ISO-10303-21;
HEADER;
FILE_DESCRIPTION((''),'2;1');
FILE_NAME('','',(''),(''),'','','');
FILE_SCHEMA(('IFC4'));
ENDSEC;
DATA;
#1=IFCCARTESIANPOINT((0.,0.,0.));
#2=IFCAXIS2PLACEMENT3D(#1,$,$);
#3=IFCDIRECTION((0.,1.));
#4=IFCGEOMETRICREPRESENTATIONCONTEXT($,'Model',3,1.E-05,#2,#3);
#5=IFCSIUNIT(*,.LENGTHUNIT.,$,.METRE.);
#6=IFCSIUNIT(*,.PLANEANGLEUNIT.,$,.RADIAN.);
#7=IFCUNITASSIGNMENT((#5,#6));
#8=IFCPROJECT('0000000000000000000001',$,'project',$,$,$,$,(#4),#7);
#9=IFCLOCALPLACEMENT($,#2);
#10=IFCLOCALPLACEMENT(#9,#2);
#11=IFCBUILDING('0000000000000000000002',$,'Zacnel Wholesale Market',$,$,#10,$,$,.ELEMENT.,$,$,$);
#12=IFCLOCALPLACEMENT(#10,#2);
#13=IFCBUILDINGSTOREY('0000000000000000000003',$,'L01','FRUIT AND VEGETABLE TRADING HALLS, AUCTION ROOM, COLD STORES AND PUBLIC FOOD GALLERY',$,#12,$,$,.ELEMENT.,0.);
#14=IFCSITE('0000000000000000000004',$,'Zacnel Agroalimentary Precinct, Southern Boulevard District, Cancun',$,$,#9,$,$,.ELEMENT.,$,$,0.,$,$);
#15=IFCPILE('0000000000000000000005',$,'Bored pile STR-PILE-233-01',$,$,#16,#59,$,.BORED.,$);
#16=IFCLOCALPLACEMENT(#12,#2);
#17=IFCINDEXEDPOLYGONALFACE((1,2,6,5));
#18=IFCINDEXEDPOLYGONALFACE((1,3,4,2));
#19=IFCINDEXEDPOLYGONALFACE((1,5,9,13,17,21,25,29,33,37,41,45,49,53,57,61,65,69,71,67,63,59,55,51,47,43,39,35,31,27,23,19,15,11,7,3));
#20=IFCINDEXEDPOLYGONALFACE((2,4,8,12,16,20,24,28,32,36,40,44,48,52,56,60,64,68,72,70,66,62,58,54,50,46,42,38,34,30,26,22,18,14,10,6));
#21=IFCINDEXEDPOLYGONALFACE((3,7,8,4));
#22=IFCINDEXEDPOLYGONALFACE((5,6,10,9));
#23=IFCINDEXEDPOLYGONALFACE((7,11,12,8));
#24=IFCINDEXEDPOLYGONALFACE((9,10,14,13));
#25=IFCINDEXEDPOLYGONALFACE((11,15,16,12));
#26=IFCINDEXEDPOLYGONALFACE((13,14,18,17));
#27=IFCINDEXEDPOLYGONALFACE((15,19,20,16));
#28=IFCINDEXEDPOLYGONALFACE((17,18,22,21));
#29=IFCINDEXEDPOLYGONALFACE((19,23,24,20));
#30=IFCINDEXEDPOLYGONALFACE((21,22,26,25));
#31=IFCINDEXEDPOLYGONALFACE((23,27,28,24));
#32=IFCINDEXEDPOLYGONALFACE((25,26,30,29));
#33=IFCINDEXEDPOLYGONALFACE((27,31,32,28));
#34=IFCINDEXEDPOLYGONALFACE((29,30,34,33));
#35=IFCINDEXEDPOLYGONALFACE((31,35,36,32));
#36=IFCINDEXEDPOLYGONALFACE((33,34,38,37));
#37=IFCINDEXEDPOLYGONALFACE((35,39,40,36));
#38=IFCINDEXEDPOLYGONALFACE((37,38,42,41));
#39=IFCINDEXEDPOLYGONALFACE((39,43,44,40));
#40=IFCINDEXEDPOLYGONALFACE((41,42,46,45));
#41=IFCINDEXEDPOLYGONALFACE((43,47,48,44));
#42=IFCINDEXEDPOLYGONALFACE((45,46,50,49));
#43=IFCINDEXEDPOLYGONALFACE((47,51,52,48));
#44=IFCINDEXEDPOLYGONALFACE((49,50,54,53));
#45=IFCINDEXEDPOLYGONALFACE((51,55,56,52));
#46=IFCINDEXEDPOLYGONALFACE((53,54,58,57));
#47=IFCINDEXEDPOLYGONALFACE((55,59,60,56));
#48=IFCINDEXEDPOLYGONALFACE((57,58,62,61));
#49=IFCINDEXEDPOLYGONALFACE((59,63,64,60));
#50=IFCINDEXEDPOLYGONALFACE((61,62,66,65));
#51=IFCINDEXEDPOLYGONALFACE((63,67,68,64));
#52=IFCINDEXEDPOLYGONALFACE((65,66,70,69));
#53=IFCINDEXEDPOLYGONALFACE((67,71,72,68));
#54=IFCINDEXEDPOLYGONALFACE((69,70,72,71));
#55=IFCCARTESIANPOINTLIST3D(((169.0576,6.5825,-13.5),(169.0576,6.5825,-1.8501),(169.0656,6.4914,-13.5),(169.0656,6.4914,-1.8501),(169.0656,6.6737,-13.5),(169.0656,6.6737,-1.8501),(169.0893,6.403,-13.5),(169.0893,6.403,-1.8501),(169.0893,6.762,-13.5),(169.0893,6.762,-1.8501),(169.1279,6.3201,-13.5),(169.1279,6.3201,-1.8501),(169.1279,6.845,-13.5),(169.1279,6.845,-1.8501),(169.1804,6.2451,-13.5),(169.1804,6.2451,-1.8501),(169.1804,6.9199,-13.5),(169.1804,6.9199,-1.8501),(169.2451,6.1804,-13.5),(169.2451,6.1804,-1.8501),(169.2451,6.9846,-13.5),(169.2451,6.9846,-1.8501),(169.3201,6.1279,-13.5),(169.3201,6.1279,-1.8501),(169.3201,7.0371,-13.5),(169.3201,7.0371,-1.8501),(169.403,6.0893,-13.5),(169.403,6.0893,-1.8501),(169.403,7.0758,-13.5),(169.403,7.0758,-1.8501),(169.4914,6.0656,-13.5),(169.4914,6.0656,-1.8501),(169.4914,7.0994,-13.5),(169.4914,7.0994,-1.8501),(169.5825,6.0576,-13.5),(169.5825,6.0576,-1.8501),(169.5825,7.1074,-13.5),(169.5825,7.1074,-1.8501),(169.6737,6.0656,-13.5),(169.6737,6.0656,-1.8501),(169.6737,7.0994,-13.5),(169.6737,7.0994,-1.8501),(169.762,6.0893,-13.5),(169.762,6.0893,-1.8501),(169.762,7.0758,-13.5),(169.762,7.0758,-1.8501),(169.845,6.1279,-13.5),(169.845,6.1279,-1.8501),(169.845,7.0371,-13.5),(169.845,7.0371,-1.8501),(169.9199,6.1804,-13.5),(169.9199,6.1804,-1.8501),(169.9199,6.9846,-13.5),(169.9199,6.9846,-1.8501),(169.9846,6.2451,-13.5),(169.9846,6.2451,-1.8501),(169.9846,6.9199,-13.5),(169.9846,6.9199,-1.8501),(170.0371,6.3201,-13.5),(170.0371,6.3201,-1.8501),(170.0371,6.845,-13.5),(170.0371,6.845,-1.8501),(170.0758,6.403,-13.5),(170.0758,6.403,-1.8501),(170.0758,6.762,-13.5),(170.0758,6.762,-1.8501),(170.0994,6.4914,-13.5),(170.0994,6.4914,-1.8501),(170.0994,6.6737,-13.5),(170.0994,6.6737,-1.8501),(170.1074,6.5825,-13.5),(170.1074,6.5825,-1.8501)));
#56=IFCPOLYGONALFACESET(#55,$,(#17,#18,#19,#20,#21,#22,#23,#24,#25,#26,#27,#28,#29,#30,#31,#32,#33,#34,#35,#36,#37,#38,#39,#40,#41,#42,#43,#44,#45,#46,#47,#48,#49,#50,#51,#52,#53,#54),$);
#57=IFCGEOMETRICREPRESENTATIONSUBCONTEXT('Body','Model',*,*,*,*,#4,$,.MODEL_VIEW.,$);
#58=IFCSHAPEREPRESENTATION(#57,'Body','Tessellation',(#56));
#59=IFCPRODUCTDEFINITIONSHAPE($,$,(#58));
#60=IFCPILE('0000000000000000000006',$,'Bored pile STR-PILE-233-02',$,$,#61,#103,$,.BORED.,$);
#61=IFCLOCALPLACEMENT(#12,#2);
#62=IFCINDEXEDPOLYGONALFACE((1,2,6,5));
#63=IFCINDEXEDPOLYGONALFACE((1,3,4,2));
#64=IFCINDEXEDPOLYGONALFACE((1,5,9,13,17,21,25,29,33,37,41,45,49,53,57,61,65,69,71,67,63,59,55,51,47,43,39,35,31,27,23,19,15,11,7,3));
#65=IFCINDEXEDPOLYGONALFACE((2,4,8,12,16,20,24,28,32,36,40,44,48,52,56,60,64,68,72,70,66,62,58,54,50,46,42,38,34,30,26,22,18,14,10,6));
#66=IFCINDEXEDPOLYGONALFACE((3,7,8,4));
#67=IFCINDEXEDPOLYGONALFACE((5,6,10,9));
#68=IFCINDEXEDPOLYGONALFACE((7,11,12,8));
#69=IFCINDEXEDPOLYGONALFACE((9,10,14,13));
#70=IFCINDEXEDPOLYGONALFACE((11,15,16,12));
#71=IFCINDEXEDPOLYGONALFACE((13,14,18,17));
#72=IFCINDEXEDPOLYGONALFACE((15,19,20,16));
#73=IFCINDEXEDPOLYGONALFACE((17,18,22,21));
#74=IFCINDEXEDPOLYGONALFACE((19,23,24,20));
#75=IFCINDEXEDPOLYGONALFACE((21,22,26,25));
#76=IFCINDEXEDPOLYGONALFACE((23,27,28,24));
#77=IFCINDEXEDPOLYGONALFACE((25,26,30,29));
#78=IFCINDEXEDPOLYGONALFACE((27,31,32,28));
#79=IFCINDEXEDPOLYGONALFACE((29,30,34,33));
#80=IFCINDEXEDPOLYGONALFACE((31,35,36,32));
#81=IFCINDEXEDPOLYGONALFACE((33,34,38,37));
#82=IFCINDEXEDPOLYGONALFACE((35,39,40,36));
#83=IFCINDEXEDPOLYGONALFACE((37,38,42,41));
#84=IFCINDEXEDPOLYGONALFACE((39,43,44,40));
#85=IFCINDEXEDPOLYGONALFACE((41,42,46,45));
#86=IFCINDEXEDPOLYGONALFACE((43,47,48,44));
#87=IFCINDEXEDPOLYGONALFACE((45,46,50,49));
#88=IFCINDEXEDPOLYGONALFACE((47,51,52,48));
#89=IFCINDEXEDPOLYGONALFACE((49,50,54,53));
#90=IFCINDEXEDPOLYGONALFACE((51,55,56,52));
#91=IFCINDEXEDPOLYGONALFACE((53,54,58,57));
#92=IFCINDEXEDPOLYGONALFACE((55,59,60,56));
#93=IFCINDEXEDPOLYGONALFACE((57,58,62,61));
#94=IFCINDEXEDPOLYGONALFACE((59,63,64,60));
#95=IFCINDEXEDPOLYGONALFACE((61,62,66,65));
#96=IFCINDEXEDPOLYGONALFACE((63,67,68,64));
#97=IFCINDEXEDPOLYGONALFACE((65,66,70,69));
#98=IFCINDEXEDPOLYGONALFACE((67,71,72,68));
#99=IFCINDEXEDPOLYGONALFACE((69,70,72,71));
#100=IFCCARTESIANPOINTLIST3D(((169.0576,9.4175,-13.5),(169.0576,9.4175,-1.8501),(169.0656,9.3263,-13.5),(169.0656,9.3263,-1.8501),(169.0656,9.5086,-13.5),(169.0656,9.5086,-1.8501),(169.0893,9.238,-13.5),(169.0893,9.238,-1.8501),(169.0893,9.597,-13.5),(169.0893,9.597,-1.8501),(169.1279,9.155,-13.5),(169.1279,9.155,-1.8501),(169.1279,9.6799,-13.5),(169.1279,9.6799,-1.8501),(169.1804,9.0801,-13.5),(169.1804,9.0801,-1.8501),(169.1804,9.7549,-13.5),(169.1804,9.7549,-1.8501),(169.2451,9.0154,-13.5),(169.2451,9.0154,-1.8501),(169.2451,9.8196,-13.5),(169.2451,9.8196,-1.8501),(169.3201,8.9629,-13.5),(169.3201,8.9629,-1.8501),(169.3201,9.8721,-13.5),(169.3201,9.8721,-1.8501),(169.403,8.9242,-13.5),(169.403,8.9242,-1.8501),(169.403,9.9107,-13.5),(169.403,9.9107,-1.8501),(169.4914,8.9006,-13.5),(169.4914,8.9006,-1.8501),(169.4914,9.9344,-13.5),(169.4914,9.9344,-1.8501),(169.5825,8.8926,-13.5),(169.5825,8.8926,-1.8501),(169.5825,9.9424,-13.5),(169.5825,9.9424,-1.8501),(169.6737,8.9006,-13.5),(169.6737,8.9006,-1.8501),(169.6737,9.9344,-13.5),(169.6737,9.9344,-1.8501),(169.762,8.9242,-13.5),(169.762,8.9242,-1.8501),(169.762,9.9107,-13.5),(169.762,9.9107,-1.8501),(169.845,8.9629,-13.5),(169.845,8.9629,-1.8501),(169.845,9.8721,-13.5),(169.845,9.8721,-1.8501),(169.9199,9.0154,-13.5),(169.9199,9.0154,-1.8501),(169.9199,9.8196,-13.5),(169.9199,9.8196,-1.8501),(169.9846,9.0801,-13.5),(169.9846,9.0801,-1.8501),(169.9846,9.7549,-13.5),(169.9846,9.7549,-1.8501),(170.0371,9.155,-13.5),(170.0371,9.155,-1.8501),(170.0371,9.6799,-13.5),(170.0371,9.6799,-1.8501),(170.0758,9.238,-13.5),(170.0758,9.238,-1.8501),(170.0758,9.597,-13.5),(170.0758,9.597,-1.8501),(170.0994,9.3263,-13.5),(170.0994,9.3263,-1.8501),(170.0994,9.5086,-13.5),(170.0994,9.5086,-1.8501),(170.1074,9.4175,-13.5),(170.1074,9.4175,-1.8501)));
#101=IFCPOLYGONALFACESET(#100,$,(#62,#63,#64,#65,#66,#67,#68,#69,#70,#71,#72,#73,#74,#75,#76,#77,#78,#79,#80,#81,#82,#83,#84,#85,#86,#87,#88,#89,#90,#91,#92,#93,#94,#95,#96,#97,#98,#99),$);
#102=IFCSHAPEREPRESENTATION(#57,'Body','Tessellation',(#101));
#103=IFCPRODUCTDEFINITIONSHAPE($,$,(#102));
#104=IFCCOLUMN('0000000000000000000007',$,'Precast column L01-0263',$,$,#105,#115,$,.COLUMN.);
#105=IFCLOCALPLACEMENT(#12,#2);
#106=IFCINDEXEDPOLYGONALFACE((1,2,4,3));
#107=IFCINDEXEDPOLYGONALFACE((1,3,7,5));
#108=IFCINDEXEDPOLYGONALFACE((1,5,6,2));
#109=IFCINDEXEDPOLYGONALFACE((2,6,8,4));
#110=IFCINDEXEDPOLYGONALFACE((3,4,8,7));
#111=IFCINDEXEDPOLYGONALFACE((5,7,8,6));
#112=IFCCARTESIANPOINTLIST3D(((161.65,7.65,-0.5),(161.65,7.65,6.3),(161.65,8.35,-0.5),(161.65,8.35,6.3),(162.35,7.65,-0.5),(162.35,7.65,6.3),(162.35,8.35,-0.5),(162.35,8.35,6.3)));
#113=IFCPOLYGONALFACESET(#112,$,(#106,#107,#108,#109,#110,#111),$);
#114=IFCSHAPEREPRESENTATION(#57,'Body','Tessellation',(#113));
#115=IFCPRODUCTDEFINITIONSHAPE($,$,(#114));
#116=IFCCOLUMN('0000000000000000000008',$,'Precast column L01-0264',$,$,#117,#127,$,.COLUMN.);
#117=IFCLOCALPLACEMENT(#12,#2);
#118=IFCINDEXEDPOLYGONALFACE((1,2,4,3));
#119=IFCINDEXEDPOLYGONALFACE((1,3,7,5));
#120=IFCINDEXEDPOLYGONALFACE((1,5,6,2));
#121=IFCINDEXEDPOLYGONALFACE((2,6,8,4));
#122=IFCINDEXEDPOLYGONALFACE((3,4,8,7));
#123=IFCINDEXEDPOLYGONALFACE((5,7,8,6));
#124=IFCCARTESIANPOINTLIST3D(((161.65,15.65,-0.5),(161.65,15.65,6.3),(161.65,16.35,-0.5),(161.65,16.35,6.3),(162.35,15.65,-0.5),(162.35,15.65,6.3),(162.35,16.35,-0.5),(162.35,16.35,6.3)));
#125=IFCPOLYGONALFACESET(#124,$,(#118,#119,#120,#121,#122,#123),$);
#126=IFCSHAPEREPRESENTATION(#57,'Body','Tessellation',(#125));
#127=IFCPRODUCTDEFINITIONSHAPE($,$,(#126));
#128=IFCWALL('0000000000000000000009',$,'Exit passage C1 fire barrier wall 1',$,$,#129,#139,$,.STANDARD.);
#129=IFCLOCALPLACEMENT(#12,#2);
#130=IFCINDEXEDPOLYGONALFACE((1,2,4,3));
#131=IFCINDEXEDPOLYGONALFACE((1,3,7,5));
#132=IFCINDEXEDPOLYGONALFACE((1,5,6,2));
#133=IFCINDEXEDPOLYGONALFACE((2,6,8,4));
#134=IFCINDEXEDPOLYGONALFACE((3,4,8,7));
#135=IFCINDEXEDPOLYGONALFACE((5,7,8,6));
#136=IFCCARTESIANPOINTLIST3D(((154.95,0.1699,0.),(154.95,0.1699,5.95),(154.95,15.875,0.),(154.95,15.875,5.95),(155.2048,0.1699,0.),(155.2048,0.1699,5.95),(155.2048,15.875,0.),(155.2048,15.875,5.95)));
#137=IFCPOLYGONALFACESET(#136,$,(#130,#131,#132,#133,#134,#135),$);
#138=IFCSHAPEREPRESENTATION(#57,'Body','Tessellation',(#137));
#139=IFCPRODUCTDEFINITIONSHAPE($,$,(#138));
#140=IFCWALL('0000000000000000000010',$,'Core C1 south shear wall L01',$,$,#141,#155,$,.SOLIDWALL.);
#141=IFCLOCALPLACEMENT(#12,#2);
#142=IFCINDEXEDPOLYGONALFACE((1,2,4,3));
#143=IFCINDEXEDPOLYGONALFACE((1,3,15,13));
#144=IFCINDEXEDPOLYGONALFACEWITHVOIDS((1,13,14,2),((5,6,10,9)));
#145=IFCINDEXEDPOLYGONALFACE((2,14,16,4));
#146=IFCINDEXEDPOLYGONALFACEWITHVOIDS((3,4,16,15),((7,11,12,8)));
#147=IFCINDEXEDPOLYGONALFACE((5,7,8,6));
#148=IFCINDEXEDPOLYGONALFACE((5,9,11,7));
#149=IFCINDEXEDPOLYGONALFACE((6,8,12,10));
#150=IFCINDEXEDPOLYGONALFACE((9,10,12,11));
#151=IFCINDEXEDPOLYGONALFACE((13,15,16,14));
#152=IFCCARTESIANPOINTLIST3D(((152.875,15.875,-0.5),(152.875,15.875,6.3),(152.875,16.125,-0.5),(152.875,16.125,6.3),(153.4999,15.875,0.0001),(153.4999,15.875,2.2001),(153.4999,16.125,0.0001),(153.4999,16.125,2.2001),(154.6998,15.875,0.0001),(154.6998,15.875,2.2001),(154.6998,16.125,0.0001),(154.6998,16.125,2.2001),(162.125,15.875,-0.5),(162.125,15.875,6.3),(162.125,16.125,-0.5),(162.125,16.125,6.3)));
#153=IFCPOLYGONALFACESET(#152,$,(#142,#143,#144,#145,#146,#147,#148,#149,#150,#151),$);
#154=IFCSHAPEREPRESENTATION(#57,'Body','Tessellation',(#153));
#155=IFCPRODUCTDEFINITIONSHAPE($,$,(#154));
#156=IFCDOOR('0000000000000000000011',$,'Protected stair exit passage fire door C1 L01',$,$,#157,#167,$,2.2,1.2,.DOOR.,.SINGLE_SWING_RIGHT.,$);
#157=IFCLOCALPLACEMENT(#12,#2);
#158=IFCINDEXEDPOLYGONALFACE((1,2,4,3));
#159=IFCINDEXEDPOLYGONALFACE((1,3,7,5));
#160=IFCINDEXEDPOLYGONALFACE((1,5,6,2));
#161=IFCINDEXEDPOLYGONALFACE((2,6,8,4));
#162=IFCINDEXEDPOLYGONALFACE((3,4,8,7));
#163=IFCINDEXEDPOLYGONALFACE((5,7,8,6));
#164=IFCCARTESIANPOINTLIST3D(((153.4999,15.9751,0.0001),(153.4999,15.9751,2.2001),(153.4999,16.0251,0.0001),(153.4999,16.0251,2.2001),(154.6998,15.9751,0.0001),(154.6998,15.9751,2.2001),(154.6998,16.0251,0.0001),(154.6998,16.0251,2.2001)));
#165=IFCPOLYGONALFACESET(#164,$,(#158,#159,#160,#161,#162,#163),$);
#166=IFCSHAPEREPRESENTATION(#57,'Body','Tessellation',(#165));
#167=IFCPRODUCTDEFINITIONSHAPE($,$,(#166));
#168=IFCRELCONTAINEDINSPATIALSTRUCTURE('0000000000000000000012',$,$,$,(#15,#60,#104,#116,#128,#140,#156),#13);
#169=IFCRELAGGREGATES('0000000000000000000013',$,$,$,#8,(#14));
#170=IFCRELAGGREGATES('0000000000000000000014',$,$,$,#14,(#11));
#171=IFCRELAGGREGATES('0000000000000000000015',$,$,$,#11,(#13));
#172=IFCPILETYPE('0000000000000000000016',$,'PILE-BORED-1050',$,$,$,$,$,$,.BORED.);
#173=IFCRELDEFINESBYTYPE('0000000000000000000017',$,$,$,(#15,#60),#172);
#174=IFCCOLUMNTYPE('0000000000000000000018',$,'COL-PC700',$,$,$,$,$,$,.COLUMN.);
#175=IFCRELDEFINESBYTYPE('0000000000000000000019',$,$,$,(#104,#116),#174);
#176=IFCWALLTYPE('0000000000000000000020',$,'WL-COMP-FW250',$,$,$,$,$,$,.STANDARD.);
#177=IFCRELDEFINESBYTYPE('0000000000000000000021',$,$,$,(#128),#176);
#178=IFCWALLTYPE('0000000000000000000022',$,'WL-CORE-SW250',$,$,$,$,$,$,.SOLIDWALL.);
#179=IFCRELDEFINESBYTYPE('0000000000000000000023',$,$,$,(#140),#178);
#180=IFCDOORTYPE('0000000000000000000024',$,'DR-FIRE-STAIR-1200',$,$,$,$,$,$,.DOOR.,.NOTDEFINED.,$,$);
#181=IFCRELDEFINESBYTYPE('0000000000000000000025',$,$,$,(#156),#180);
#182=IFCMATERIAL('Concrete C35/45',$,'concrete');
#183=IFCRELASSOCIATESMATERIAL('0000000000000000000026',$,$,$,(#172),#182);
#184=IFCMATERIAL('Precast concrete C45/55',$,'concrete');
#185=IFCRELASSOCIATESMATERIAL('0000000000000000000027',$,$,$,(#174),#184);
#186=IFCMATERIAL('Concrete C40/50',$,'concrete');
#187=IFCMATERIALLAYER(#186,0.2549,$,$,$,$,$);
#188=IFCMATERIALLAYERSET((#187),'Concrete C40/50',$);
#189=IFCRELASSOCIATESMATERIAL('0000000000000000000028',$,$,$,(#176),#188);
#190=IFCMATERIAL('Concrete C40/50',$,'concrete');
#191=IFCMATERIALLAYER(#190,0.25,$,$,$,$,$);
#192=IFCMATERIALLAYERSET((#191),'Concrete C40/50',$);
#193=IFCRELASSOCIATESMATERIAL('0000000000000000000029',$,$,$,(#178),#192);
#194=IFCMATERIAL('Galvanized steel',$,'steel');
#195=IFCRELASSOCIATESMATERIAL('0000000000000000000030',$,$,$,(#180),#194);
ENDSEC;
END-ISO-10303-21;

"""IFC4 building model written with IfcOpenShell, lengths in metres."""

from ifc_helpers import new_model, si_unit, direction, frame, frame_2d, origin, origin_2d, place, context, subcontext, project, spatial, rectangle, circle, extrude, material, layer, layer_set, material_profile, profile_set, type_object, element, fill, save


model = new_model("IFC4")

# Units and contexts
model_context = context("Model", 3, precision=1e-05, world=origin(), true_north=direction((0.0, 1.0)))
body_context = subcontext(model_context, "Body", "Model", "MODEL_VIEW")
ifc_project = project(units=[si_unit("LENGTHUNIT", "METRE"), si_unit("PLANEANGLEUNIT", "RADIAN")], contexts=[model_context])

# Site, building, storey
site_placement = place(None, origin())
site = spatial("IfcSite", under=ifc_project, at=site_placement, Name="Zacnel Agroalimentary Precinct, Southern Boulevard District, Cancun", CompositionType="ELEMENT", RefElevation=0.0)
building_placement = place(site_placement, origin())
building = spatial("IfcBuilding", under=site, at=building_placement, Name="Zacnel Wholesale Market", CompositionType="ELEMENT")
storey_placement = place(building_placement, origin())
storey = spatial("IfcBuildingStorey", under=building, at=storey_placement, Name="L01", Description="FRUIT AND VEGETABLE TRADING HALLS, AUCTION ROOM, COLD STORES AND PUBLIC FOOD GALLERY", CompositionType="ELEMENT", Elevation=0.0)

# Piles
ifc_material_1 = material(Name="Concrete C35/45", Category="concrete")
ifc_material_profile_1 = material_profile(ifc_material_1, circle(Radius=0.5249, at=origin_2d()), Name="BORED PILE D1050")
ifc_profile_set_1 = profile_set([ifc_material_profile_1], Name="Concrete C35/45")
pile_type = type_object("IfcPileType", Name="PILE-BORED-1050", PredefinedType="BORED", material=ifc_profile_set_1)
for number, where, z_axis, x_axis, name in (
    (1, (169.5825, 6.5825, -1.8501), (0.0, 0.0, -1.0), (1.0, 0.0, 0.0), "Bored pile STR-PILE-233-01"),
    (2, (169.5825, 9.4175, -1.8501), (0.0, 0.0, -1.0), (1.0, 0.0, 0.0), "Bored pile STR-PILE-233-02"),
):
    element("IfcPile", number, at=place(storey_placement, frame(where, z_axis=z_axis, x_axis=x_axis)), inside=storey, type_object=pile_type, Name=name, PredefinedType="BORED", context=body_context, shape_type="SweptSolid", body=[
        extrude(circle(Radius=0.5249, at=origin_2d()), origin(), (0.0, 0.0, 1.0), 11.6499),
    ])

# Columns
ifc_material_2 = material(Name="Precast concrete C45/55", Category="concrete")
ifc_material_profile_2 = material_profile(ifc_material_2, rectangle(XDim=0.7, YDim=0.7, at=origin_2d()), Name="PC 700x700")
ifc_profile_set_2 = profile_set([ifc_material_profile_2], Name="Precast concrete C45/55")
column_type = type_object("IfcColumnType", Name="COL-PC700", PredefinedType="COLUMN", material=ifc_profile_set_2)
for number, where, z_axis, x_axis, name in (
    (3, (162.0, 8.0, -0.5), (0.0, 0.0, 1.0), (1.0, 0.0, 0.0), "Precast column L01-0263"),
    (4, (162.0, 16.0, -0.5), (0.0, 0.0, 1.0), (1.0, 0.0, 0.0), "Precast column L01-0264"),
):
    element("IfcColumn", number, at=place(storey_placement, frame(where, z_axis=z_axis, x_axis=x_axis)), inside=storey, type_object=column_type, Name=name, PredefinedType="COLUMN", context=body_context, shape_type="SweptSolid", body=[
        extrude(rectangle(XDim=0.7, YDim=0.7, at=origin_2d()), origin(), (0.0, 0.0, 1.0), 6.8),
    ])

# Wall
ifc_material_3 = material(Name="Concrete C40/50", Category="concrete")
ifc_layer_1 = layer(ifc_material_3, 0.2549)
ifc_layer_set_1 = layer_set([ifc_layer_1], Name="Concrete C40/50")
wall_type_1 = type_object("IfcWallType", Name="WL-COMP-FW250", PredefinedType="STANDARD", material=ifc_layer_set_1)
wall_1_placement = place(storey_placement, frame((155.0774, 0.1699, 0.0), z_axis=(0.0, 0.0, 1.0), x_axis=(0.0, 1.0, 0.0)))
element("IfcWall", 5, at=wall_1_placement, inside=storey, type_object=wall_type_1, Name="Exit passage C1 fire barrier wall 1", PredefinedType="STANDARD", context=body_context, shape_type="SweptSolid", body=[
    extrude(rectangle(XDim=15.7051, YDim=0.2549, at=frame_2d((7.8525, 0.0))), origin(), (0.0, 0.0, 1.0), 5.95),
])

# Wall, opening, door
ifc_material_4 = material(Name="Concrete C40/50", Category="concrete")
ifc_layer_2 = layer(ifc_material_4, 0.25)
ifc_layer_set_2 = layer_set([ifc_layer_2], Name="Concrete C40/50")
wall_type_2 = type_object("IfcWallType", Name="WL-CORE-SW250", PredefinedType="SOLIDWALL", material=ifc_layer_set_2)
wall_2_placement = place(storey_placement, frame((162.125, 16.0, -0.5), z_axis=(0.0, 0.0, 1.0), x_axis=(-1.0, 0.0, 0.0)))
wall_2 = element("IfcWall", 6, at=wall_2_placement, inside=storey, type_object=wall_type_2, Name="Core C1 south shear wall L01", PredefinedType="SOLIDWALL", context=body_context, shape_type="SweptSolid", body=[
    extrude(rectangle(XDim=9.25, YDim=0.25, at=frame_2d((4.625, 0.0))), origin(), (0.0, 0.0, 1.0), 6.8),
])
opening_1_placement = place(wall_2_placement, frame((7.425, 0.0, 0.5)))
opening_1 = element("IfcOpeningElement", 7, at=opening_1_placement, cuts=wall_2, PredefinedType="OPENING", context=body_context, shape_type="SweptSolid", body=[
    extrude(rectangle(XDim=1.2, YDim=2.2, at=frame_2d((0.6001, 1.1001))), frame((0.0, 0.135, 0.0), z_axis=(0.0, -1.0, 0.0), x_axis=(1.0, 0.0, 0.0)), (0.0, 0.0, 1.0), 0.27),
])
ifc_material_5 = material(Name="Galvanized steel", Category="steel")
door_type_1 = type_object("IfcDoorType", Name="DR-FIRE-STAIR-1200", OperationType="NOTDEFINED", PredefinedType="DOOR", material=ifc_material_5)
door_1_placement = place(opening_1_placement, origin())
door_1 = element("IfcDoor", 8, at=door_1_placement, inside=storey, type_object=door_type_1, Name="Protected stair exit passage fire door C1 L01", OperationType="SINGLE_SWING_RIGHT", OverallHeight=2.2, OverallWidth=1.2, PredefinedType="DOOR", context=body_context, shape_type="SweptSolid", body=[
    extrude(rectangle(XDim=1.2, YDim=2.2, at=frame_2d((0.6001, 1.1001))), frame((0.0, 0.0249, 0.0), z_axis=(0.0, -1.0, 0.0), x_axis=(1.0, 0.0, 0.0)), (0.0, 0.0, 1.0), 0.05),
])
fill(opening_1, door_1)

save(model, "model.ifc")
